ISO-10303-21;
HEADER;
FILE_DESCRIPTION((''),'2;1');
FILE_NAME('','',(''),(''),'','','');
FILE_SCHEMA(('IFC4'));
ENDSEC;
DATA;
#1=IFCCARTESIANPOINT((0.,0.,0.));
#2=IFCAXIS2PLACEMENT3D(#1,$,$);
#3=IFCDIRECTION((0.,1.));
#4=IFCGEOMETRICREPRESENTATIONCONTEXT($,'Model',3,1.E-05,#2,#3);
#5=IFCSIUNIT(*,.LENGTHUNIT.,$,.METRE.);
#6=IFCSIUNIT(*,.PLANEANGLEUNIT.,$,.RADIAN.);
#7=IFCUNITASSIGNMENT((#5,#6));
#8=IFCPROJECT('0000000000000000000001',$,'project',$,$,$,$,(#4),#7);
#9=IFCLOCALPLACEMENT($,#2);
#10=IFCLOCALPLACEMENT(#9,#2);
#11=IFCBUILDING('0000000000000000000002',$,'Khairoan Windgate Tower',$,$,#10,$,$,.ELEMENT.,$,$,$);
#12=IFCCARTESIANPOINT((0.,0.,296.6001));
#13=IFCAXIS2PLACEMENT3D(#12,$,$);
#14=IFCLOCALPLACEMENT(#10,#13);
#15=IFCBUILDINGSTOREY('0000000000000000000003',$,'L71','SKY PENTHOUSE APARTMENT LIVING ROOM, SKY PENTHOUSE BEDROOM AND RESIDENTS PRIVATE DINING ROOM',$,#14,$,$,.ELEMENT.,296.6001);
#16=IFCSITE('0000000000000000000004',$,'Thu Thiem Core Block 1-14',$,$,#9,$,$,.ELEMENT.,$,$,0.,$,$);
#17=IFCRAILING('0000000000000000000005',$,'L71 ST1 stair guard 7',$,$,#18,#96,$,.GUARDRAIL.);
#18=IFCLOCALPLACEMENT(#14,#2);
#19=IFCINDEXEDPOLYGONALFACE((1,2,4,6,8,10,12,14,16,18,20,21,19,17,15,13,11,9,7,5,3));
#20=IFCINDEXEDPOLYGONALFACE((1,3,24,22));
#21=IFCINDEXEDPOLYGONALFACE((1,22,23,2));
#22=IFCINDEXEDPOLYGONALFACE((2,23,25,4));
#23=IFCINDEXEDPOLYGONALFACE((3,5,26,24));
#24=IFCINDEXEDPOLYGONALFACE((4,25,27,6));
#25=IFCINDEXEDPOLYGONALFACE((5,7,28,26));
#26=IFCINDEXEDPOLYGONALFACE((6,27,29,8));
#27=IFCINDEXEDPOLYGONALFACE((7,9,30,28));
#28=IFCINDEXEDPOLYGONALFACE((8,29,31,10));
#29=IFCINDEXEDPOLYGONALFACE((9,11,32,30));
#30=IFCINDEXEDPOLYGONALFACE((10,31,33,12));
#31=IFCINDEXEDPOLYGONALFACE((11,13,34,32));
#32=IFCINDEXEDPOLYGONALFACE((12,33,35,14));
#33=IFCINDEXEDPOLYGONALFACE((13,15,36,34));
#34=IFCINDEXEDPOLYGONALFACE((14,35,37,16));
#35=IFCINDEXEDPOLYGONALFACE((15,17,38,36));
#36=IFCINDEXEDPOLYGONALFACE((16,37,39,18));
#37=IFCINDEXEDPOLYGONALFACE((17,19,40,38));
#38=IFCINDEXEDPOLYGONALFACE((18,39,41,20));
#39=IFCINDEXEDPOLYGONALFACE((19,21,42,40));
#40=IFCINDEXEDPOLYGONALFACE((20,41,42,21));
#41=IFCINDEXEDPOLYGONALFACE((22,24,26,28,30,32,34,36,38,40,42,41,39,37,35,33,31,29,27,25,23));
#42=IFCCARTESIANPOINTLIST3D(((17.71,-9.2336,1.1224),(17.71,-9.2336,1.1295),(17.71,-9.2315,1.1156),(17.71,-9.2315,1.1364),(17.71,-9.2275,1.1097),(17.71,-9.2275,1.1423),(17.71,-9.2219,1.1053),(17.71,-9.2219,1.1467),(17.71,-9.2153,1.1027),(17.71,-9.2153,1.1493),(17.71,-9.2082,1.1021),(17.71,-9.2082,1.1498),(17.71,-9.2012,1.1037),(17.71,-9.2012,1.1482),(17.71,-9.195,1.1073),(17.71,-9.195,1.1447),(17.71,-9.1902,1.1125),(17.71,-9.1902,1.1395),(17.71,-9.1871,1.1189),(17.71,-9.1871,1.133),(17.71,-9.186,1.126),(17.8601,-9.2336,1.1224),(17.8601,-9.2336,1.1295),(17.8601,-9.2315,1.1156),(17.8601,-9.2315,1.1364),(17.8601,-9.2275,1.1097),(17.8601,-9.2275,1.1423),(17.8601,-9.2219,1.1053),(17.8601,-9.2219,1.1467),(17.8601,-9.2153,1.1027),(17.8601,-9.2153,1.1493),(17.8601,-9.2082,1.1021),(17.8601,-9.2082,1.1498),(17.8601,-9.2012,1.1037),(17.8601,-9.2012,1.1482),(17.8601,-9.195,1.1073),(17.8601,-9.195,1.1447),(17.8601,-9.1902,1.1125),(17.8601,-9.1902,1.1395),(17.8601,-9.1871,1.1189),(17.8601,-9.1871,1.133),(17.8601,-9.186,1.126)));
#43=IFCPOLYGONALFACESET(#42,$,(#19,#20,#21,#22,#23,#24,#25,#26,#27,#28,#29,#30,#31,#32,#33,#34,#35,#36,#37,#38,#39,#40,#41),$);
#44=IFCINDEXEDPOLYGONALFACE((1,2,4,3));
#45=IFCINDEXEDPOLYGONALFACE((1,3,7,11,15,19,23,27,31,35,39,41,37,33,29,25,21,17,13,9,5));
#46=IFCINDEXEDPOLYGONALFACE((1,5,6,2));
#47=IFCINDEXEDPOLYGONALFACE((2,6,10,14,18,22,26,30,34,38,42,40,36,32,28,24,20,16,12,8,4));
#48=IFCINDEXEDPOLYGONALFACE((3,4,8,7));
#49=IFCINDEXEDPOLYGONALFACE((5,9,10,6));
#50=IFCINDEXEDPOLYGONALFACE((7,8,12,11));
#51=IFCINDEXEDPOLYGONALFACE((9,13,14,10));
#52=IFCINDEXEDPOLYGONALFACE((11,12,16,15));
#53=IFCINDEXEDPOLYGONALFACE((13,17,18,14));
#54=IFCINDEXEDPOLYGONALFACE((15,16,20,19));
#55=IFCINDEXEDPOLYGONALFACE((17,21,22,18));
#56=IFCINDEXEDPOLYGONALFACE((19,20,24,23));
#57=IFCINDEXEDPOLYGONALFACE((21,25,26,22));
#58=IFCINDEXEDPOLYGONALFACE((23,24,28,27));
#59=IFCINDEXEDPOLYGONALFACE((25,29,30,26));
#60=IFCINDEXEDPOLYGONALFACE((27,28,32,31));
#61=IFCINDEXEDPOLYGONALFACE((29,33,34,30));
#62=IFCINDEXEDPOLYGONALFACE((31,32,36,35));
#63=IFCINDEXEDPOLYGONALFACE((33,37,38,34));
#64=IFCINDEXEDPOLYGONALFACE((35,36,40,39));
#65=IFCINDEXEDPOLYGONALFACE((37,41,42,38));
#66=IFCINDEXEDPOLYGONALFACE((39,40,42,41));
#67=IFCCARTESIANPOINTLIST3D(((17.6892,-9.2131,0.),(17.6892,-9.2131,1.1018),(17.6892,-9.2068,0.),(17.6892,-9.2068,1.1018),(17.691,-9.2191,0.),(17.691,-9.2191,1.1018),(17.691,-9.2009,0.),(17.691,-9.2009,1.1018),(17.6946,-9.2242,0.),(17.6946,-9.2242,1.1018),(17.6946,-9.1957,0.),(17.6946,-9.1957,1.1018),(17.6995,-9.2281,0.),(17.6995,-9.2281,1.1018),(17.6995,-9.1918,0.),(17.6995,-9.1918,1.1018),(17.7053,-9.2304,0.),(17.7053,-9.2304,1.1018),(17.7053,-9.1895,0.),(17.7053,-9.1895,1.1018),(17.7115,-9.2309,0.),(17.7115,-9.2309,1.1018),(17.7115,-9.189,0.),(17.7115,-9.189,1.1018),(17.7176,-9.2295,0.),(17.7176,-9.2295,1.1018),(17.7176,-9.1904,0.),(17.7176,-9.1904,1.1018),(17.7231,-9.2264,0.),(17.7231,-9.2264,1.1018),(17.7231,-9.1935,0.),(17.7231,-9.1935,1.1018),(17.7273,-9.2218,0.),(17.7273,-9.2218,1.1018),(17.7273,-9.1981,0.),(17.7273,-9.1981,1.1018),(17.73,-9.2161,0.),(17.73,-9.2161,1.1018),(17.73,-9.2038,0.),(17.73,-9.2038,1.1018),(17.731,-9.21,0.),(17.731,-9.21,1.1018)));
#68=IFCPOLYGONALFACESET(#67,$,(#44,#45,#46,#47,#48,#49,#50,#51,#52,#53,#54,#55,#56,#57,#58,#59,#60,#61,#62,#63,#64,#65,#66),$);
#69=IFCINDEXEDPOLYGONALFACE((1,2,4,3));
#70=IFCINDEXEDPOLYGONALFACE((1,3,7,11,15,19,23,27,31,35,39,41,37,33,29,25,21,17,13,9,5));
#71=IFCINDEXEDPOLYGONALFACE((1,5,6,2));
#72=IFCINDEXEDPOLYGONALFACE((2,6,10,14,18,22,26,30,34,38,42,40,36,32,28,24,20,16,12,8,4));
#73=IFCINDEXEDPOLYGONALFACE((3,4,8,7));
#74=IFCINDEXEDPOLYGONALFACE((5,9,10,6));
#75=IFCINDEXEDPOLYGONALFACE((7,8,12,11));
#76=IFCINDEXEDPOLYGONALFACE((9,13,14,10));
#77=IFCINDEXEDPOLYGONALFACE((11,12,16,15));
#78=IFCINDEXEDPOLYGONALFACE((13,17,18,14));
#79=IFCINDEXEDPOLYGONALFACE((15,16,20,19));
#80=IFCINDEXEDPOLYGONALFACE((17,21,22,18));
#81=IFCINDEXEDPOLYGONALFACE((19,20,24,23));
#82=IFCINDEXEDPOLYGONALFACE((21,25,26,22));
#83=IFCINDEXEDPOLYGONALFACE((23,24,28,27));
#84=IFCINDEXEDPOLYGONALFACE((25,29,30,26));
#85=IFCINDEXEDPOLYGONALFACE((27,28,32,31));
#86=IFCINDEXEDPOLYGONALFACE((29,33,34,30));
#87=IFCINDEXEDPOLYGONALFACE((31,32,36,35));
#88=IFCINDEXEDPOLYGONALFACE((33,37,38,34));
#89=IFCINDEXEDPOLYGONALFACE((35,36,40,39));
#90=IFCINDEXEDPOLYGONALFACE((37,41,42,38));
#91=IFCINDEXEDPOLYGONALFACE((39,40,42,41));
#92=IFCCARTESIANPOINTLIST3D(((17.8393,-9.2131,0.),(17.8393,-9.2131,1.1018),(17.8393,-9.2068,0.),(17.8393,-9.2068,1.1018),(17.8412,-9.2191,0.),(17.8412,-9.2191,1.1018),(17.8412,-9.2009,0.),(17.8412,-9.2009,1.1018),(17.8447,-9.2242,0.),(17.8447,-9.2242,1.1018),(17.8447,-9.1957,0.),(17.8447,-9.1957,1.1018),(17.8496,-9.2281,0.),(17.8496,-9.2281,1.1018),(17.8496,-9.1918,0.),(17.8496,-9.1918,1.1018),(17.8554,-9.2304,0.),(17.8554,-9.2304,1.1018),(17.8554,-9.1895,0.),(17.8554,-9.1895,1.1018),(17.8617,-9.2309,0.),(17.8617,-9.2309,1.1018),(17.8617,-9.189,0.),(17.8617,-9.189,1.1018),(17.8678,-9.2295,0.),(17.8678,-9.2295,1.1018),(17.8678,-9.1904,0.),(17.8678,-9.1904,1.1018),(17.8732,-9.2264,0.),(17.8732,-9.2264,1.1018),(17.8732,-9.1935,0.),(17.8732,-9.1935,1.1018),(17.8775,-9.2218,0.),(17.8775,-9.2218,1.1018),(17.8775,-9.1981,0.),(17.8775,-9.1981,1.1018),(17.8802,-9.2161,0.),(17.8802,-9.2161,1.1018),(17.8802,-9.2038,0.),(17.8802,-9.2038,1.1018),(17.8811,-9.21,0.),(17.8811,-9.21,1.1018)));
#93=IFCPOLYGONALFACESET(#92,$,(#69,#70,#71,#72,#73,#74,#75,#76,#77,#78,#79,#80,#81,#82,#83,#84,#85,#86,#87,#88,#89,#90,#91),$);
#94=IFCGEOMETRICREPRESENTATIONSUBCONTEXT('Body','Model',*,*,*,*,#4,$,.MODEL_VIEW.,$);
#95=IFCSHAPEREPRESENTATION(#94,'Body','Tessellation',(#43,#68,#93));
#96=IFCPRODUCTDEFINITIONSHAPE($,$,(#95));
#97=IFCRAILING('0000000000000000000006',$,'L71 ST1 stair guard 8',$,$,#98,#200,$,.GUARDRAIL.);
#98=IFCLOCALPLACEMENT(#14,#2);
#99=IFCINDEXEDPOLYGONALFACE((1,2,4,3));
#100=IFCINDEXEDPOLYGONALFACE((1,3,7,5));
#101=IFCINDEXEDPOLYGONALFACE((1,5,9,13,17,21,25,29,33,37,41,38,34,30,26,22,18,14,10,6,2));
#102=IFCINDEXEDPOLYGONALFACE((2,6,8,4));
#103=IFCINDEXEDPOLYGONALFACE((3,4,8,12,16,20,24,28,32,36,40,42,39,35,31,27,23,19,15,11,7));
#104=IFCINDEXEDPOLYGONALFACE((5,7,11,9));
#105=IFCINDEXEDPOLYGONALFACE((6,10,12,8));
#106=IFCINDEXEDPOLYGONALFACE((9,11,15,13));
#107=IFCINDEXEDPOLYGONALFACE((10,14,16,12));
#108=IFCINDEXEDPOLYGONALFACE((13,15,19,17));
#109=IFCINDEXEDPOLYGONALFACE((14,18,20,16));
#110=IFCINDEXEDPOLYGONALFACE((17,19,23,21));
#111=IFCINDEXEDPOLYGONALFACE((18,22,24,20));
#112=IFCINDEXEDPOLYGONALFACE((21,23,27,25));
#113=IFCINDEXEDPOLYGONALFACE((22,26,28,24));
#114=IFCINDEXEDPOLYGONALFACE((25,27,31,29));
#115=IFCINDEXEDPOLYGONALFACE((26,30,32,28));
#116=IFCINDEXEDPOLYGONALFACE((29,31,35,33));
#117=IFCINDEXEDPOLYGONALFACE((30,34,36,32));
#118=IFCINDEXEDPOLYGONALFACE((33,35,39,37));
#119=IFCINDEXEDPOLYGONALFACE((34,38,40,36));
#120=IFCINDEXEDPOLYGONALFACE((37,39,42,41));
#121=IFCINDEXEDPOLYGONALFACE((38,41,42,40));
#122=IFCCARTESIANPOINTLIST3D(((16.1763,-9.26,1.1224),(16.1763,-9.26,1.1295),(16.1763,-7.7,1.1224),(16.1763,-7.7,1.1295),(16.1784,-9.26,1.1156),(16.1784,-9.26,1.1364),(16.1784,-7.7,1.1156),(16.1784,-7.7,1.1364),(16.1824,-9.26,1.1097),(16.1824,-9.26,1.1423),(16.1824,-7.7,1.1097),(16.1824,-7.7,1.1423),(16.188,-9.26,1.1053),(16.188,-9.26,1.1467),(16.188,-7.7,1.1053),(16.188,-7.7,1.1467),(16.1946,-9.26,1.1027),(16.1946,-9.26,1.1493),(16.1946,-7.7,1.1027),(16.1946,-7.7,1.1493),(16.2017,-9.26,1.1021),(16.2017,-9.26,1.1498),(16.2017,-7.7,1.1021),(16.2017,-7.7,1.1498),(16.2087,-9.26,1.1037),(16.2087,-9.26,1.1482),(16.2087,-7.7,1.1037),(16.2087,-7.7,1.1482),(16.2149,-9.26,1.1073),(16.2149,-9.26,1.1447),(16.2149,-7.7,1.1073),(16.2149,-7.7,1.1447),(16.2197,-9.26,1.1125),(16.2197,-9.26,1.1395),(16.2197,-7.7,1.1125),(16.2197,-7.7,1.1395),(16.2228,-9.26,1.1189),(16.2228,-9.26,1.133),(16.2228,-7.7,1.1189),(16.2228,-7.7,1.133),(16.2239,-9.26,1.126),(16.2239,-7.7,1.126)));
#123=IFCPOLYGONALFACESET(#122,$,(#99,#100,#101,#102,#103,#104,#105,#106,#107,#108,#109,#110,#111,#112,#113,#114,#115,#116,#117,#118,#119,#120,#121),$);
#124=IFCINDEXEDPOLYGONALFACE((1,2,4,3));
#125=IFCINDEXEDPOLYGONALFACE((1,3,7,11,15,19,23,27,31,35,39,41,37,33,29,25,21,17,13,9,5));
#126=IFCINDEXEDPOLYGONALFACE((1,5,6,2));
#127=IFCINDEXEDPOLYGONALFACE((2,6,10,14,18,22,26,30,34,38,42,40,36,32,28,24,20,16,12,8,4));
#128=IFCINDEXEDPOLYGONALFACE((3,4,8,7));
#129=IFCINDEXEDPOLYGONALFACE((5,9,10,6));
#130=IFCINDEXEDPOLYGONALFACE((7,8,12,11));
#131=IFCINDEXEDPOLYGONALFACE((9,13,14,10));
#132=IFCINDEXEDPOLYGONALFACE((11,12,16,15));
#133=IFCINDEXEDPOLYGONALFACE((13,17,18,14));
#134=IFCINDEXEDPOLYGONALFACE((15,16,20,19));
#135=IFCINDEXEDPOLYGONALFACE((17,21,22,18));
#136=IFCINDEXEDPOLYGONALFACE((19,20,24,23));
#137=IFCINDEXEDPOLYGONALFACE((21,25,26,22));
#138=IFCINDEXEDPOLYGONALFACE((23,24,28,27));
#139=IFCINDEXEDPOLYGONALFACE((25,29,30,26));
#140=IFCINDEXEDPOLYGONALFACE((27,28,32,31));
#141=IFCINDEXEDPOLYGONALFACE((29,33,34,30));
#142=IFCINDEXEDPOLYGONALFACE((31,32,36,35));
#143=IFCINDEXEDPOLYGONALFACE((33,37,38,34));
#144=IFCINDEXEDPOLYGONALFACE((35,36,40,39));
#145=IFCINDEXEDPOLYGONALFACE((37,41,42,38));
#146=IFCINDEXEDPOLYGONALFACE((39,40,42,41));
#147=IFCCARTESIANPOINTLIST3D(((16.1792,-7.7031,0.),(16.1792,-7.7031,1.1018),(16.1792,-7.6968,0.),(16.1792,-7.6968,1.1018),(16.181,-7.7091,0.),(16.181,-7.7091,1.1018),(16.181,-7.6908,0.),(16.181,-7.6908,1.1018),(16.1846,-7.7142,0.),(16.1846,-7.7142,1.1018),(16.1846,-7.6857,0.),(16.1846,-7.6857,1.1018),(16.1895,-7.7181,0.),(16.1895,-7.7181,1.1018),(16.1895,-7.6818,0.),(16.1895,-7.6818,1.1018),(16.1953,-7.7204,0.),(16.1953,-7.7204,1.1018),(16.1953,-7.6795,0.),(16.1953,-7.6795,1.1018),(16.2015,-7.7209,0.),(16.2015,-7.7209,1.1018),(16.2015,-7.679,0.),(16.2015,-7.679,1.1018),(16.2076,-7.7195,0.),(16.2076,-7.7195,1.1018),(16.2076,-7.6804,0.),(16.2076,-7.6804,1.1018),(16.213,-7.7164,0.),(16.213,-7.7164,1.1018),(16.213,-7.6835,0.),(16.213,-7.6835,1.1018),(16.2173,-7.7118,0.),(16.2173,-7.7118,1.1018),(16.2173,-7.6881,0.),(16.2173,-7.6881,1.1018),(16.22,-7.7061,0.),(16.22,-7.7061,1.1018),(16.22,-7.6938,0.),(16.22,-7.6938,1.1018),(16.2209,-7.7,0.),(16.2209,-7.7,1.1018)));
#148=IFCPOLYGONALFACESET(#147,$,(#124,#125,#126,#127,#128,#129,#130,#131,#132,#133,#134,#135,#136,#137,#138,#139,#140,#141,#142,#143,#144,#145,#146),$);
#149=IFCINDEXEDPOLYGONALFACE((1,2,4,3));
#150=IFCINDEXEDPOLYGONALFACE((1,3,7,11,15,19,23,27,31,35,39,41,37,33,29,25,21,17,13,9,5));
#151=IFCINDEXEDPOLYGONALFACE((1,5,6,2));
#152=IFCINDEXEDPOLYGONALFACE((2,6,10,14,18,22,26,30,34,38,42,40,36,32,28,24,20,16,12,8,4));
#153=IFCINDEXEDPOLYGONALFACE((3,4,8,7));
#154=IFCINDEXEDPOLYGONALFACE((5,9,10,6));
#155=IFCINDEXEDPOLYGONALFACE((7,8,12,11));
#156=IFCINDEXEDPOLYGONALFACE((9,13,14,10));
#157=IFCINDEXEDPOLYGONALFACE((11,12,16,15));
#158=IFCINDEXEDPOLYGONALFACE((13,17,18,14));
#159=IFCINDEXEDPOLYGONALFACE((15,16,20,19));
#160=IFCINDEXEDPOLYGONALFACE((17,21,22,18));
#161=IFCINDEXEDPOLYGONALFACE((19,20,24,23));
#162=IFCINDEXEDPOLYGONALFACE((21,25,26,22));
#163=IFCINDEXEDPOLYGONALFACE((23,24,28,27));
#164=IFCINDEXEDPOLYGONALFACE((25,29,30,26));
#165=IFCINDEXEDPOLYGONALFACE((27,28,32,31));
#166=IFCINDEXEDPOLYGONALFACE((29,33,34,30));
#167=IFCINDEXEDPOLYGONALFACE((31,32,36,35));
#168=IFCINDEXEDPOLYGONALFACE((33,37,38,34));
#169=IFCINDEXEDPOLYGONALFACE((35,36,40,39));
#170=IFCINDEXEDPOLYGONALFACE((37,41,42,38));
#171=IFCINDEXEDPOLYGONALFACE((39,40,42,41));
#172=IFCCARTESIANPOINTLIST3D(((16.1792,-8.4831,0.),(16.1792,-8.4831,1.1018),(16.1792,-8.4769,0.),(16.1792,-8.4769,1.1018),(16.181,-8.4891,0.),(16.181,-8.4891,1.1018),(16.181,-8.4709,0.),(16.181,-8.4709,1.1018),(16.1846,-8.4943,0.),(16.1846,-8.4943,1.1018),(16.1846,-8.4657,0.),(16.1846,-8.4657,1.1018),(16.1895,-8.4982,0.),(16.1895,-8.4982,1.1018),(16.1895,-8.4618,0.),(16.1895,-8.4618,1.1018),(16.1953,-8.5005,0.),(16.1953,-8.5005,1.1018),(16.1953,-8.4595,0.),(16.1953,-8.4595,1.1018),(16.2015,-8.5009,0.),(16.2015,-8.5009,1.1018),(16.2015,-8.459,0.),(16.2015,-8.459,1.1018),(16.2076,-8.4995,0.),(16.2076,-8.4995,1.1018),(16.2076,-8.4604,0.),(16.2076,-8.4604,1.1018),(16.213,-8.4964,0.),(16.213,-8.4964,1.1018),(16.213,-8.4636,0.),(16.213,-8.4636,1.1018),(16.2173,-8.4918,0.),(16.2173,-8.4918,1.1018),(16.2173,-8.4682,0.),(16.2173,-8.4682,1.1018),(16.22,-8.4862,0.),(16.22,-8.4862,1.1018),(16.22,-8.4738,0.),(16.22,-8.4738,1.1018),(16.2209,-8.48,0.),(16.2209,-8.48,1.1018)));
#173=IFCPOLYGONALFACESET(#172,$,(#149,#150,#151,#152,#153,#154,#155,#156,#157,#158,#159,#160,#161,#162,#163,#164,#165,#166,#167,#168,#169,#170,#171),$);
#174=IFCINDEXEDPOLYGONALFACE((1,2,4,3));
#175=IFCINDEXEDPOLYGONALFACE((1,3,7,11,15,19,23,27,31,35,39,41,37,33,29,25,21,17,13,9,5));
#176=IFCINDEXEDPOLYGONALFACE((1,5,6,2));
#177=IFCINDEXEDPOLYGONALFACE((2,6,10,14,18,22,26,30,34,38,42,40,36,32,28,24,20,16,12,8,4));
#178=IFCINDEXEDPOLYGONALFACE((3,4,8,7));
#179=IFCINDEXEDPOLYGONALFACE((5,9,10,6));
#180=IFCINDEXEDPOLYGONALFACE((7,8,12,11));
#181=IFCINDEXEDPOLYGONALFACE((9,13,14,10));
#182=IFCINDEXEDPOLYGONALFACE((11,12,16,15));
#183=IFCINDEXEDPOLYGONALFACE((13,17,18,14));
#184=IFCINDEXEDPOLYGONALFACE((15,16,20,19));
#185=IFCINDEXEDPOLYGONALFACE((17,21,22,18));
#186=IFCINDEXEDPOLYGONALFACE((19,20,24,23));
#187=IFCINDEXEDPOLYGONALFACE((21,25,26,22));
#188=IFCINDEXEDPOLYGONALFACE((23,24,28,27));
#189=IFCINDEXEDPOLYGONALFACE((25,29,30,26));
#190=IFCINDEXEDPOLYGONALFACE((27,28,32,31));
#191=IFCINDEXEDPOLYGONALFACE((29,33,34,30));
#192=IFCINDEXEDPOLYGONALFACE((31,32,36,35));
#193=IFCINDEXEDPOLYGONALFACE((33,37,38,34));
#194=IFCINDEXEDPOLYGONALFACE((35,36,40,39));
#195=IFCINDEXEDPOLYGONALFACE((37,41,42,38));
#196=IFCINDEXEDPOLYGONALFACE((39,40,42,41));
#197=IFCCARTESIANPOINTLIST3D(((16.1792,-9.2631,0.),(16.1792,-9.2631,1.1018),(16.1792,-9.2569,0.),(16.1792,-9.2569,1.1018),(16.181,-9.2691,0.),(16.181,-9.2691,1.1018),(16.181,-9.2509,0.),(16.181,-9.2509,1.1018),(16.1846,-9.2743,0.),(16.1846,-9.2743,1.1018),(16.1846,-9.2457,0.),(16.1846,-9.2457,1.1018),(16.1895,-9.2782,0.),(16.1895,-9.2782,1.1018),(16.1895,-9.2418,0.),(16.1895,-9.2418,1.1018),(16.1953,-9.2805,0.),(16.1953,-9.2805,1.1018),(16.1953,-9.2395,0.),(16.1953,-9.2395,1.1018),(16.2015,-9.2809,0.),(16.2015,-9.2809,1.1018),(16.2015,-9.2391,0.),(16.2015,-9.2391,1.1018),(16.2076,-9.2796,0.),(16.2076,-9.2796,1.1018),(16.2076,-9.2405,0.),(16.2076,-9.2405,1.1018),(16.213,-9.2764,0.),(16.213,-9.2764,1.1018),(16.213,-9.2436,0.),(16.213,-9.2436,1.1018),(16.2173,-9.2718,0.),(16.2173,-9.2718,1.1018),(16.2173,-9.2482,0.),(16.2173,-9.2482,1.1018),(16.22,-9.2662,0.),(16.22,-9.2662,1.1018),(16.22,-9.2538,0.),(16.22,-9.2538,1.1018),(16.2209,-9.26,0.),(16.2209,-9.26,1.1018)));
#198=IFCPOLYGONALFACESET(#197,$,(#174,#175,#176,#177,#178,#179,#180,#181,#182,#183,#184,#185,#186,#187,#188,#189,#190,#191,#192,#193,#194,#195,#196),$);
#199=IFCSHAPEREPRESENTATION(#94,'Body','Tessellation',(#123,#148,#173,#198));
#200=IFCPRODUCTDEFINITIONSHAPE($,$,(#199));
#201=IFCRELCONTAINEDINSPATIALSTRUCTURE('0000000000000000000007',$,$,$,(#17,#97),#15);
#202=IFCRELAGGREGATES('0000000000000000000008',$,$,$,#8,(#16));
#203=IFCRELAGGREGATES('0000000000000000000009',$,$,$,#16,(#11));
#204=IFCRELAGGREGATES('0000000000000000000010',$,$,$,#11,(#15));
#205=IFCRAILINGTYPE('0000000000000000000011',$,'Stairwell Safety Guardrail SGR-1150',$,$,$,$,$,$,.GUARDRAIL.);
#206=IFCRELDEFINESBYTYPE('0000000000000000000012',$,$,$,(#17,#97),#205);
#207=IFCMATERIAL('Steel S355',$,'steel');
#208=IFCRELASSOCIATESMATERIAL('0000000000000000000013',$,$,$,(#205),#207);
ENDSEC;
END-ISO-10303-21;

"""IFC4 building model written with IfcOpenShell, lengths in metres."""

from ifc_helpers import new_model, si_unit, direction, frame, origin, origin_2d, place, context, subcontext, project, spatial, circle, extrude, material, type_object, element, save


model = new_model("IFC4")

# Units and contexts
model_context = context("Model", 3, precision=1e-05, world=origin(), true_north=direction((0.0, 1.0)))
body_context = subcontext(model_context, "Body", "Model", "MODEL_VIEW")
ifc_project = project(units=[si_unit("LENGTHUNIT", "METRE"), si_unit("PLANEANGLEUNIT", "RADIAN")], contexts=[model_context])

# Site, building, storey
site_placement = place(None, origin())
site = spatial("IfcSite", under=ifc_project, at=site_placement, Name="Thu Thiem Core Block 1-14", CompositionType="ELEMENT", RefElevation=0.0)
building_placement = place(site_placement, origin())
building = spatial("IfcBuilding", under=site, at=building_placement, Name="Khairoan Windgate Tower", CompositionType="ELEMENT")
storey_placement = place(building_placement, frame((0.0, 0.0, 296.6001)))
storey = spatial("IfcBuildingStorey", under=building, at=storey_placement, Name="L71", Description="SKY PENTHOUSE APARTMENT LIVING ROOM, SKY PENTHOUSE BEDROOM AND RESIDENTS PRIVATE DINING ROOM", CompositionType="ELEMENT", Elevation=296.6001)

# Railings
ifc_material_1 = material(Name="Steel S355", Category="steel")
railing_type_1 = type_object("IfcRailingType", Name="Stairwell Safety Guardrail SGR-1150", PredefinedType="GUARDRAIL", material=ifc_material_1)
railing_1_placement = place(storey_placement, frame((17.71, -9.21, 0.0)))
element("IfcRailing", 1, at=railing_1_placement, inside=storey, type_object=railing_type_1, Name="L71 ST1 stair guard 7", PredefinedType="GUARDRAIL", context=body_context, shape_type="SweptSolid", body=[
    extrude(circle(Radius=0.0239, at=origin_2d()), frame((0.0, 0.0, 1.126), z_axis=(1.0, 0.0, 0.0), x_axis=(0.0, 1.0, 0.0)), (0.0, 0.0, 1.0), 0.1501),
    extrude(circle(Radius=0.021, at=origin_2d()), origin(), (0.0, 0.0, 1.0), 1.1018),
    extrude(circle(Radius=0.021, at=origin_2d()), frame((0.1501, 0.0, 0.0)), (0.0, 0.0, 1.0), 1.1018),
])
for number, where, name in (
    (2, (16.2, -7.7, 0.0), "L71 ST1 stair guard 8"),
):
    element("IfcRailing", number, at=place(storey_placement, frame(where)), inside=storey, type_object=railing_type_1, Name=name, PredefinedType="GUARDRAIL", context=body_context, shape_type="SweptSolid", body=[
        extrude(circle(Radius=0.0239, at=origin_2d()), frame((0.0, 0.0, 1.126), z_axis=(0.0, -1.0, 0.0), x_axis=(1.0, 0.0, 0.0)), (0.0, 0.0, 1.0), 1.5601),
        extrude(circle(Radius=0.021, at=origin_2d()), origin(), (0.0, 0.0, 1.0), 1.1018),
        extrude(circle(Radius=0.021, at=origin_2d()), frame((0.0, -0.78, 0.0)), (0.0, 0.0, 1.0), 1.1018),
        extrude(circle(Radius=0.021, at=origin_2d()), frame((0.0, -1.5601, 0.0)), (0.0, 0.0, 1.0), 1.1018),
    ])

save(model, "model.ifc")
